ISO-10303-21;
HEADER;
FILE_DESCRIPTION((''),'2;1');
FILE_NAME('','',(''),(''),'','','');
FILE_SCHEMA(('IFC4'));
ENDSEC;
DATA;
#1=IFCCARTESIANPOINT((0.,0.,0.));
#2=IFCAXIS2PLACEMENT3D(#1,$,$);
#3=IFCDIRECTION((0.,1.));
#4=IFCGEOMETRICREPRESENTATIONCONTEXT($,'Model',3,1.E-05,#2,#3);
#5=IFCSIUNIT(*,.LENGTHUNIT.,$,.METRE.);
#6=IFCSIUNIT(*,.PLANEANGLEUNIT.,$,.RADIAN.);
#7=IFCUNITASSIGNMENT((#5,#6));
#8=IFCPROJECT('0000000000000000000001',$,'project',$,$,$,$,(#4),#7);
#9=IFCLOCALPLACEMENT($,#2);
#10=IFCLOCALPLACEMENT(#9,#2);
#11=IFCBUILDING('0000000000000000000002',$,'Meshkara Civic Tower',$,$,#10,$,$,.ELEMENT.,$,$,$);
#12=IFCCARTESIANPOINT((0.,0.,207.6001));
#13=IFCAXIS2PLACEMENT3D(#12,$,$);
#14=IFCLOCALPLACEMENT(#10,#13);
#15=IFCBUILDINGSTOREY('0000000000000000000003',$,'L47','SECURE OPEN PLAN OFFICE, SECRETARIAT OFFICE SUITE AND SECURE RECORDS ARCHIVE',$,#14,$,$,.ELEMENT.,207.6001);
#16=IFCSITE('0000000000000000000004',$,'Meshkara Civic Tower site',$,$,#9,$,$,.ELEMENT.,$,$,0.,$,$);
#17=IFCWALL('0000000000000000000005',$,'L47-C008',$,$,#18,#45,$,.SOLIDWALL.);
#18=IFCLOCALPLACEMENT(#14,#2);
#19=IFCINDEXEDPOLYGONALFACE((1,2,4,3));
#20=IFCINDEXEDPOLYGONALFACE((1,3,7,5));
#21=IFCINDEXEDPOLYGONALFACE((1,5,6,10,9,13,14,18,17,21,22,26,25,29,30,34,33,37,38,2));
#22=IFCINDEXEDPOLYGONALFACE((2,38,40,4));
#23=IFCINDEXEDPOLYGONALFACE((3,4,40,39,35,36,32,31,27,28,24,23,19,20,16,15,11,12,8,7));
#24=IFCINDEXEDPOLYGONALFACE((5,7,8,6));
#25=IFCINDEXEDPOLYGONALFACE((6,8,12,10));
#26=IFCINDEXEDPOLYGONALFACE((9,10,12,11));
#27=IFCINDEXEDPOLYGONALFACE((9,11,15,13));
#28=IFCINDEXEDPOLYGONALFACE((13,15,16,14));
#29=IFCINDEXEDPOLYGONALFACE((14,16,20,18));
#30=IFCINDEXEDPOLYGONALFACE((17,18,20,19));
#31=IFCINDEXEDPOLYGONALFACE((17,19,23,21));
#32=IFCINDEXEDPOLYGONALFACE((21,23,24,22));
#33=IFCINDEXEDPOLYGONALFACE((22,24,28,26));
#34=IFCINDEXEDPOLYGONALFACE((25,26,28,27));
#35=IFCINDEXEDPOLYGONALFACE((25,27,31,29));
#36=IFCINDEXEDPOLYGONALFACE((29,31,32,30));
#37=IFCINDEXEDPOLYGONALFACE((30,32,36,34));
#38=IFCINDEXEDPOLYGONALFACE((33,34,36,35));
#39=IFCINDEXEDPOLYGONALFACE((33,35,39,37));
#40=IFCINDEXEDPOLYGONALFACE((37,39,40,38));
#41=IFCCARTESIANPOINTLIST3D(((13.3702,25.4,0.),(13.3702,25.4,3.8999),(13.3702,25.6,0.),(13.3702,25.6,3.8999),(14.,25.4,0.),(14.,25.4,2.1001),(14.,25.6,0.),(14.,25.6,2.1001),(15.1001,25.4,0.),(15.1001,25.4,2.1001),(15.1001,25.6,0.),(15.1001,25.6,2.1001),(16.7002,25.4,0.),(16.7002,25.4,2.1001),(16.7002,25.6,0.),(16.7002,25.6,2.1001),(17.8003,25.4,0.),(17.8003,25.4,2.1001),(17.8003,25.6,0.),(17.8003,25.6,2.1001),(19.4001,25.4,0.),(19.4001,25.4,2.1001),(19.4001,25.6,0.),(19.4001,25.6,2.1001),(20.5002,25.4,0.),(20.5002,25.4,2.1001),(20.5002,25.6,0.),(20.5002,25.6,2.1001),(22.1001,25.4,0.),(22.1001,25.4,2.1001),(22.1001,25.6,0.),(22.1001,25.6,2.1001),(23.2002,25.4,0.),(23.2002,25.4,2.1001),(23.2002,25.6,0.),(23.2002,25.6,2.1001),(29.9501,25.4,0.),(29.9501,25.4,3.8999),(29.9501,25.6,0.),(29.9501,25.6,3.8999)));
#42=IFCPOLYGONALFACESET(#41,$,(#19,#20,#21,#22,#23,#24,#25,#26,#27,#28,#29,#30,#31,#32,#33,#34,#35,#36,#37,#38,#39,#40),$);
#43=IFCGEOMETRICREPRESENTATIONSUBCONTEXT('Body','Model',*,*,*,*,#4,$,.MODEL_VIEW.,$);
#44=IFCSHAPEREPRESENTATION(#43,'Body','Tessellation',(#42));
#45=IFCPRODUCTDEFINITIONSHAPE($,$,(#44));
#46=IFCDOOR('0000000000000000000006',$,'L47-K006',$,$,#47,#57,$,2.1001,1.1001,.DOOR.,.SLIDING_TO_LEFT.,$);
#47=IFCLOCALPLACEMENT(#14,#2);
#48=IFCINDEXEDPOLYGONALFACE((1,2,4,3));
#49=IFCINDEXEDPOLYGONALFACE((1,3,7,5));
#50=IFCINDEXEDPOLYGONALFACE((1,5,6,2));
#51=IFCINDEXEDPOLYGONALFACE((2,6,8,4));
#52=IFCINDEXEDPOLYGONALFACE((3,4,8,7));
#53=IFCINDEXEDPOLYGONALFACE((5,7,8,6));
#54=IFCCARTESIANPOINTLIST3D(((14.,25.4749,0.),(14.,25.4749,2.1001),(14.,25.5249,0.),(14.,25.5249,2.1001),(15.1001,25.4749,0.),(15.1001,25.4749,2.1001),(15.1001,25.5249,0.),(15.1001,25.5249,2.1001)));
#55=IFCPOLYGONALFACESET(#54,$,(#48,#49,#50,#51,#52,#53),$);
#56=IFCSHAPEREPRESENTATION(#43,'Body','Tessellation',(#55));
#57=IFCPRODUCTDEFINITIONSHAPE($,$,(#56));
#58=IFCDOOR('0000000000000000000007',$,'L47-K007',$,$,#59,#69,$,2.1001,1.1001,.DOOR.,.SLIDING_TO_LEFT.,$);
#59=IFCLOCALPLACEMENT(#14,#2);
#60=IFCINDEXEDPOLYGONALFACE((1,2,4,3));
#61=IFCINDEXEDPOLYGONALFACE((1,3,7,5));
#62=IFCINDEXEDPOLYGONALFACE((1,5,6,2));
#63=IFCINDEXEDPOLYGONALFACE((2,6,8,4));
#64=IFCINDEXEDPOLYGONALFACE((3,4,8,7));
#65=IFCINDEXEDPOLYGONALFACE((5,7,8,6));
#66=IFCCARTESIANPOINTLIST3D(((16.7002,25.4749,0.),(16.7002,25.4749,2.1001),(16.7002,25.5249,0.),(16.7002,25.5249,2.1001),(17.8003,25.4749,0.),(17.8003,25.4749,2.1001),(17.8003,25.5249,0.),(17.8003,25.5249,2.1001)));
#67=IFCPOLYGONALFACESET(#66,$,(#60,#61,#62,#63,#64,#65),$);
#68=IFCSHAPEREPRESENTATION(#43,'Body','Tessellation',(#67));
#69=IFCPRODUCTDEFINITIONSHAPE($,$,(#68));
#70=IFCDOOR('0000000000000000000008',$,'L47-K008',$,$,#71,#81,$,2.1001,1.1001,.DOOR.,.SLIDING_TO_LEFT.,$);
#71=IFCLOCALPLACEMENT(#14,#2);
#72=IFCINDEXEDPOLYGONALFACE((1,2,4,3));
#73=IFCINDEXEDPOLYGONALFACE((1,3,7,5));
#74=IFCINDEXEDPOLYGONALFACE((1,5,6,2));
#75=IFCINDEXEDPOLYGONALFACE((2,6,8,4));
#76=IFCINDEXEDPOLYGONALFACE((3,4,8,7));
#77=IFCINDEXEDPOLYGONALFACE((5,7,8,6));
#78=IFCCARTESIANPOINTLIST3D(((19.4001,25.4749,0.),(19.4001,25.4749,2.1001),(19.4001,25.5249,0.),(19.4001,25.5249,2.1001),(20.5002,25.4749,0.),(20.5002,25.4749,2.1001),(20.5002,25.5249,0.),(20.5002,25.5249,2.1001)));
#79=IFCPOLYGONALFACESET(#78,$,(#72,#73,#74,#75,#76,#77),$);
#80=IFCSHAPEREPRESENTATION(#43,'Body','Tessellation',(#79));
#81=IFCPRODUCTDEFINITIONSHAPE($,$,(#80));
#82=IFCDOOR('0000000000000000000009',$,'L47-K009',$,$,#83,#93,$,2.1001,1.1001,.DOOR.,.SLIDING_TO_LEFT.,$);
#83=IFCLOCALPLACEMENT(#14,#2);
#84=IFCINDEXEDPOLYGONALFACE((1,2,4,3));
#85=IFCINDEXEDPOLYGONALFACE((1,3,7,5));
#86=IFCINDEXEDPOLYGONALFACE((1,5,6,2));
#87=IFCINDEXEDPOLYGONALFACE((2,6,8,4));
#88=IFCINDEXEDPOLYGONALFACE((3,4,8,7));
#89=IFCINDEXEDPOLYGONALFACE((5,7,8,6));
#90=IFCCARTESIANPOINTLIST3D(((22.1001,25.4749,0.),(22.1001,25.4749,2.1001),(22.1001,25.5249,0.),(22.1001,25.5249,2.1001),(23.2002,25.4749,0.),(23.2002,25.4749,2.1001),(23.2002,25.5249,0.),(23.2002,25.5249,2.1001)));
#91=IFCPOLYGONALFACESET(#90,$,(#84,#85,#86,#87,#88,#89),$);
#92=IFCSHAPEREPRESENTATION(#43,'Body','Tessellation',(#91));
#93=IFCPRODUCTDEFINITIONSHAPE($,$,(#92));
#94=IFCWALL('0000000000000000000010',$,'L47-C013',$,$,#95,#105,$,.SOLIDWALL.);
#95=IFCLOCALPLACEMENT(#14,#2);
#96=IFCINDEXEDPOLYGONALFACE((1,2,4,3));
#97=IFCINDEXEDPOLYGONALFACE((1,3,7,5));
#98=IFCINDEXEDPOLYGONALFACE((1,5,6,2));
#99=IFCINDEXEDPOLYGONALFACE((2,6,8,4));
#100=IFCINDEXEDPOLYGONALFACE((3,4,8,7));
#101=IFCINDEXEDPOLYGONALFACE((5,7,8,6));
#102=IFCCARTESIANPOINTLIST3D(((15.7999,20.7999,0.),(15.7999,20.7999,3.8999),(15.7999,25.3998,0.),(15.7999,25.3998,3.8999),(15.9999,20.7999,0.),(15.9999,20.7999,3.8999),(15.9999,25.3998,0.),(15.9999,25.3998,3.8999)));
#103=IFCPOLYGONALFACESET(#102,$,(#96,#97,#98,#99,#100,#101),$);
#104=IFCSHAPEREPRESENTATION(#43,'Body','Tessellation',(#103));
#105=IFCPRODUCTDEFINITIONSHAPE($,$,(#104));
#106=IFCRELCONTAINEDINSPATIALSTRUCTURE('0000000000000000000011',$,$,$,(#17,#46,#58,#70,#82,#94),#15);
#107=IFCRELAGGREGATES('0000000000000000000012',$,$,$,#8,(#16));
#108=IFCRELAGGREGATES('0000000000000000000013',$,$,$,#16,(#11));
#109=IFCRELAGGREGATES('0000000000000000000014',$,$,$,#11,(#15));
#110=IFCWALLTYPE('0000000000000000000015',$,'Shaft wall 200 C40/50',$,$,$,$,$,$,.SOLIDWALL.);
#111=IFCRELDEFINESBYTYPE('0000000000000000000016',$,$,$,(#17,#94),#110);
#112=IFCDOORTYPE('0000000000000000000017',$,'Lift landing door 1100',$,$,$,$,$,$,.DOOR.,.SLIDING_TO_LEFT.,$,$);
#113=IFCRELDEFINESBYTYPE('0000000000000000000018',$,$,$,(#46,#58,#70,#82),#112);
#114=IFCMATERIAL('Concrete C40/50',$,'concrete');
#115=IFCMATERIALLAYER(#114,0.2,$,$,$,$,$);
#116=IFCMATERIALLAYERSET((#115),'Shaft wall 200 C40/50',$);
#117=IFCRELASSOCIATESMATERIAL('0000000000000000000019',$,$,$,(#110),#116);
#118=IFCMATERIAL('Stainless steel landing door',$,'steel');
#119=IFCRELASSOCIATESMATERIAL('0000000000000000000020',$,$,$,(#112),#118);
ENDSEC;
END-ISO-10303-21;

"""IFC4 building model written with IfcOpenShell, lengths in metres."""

from ifc_helpers import new_model, si_unit, direction, frame, frame_2d, origin, place, context, subcontext, project, spatial, rectangle, extrude, material, layer, layer_set, type_object, element, fill, save


model = new_model("IFC4")

# Units and contexts
model_context = context("Model", 3, precision=1e-05, world=origin(), true_north=direction((0.0, 1.0)))
body_context = subcontext(model_context, "Body", "Model", "MODEL_VIEW")
ifc_project = project(units=[si_unit("LENGTHUNIT", "METRE"), si_unit("PLANEANGLEUNIT", "RADIAN")], contexts=[model_context])

# Site, building, storey
site_placement = place(None, origin())
site = spatial("IfcSite", under=ifc_project, at=site_placement, Name="Meshkara Civic Tower site", CompositionType="ELEMENT", RefElevation=0.0)
building_placement = place(site_placement, origin())
building = spatial("IfcBuilding", under=site, at=building_placement, Name="Meshkara Civic Tower", CompositionType="ELEMENT")
storey_placement = place(building_placement, frame((0.0, 0.0, 207.6001)))
storey = spatial("IfcBuildingStorey", under=building, at=storey_placement, Name="L47", Description="SECURE OPEN PLAN OFFICE, SECRETARIAT OFFICE SUITE AND SECURE RECORDS ARCHIVE", CompositionType="ELEMENT", Elevation=207.6001)

# Wall, openings, doors
ifc_material_1 = material(Name="Concrete C40/50", Category="concrete")
ifc_layer_1 = layer(ifc_material_1, 0.2)
ifc_layer_set_1 = layer_set([ifc_layer_1], Name="Shaft wall 200 C40/50")
wall_type_1 = type_object("IfcWallType", Name="Shaft wall 200 C40/50", PredefinedType="SOLIDWALL", material=ifc_layer_set_1)
ifc_material_2 = material(Name="Stainless steel landing door", Category="steel")
door_type_1 = type_object("IfcDoorType", Name="Lift landing door 1100", OperationType="SLIDING_TO_LEFT", PredefinedType="DOOR", material=ifc_material_2)
wall_1_placement = place(storey_placement, frame((13.3701, 25.5, 0.0), z_axis=(0.0, 0.0, 1.0), x_axis=(1.0, 0.0, 0.0)))
wall_1 = element("IfcWall", 1, at=wall_1_placement, inside=storey, type_object=wall_type_1, Name="L47-C008", PredefinedType="SOLIDWALL", context=body_context, shape_type="SweptSolid", body=[
    extrude(rectangle(XDim=16.5798, YDim=0.2, at=frame_2d((8.29, 0.0))), origin(), (0.0, 0.0, 1.0), 3.8999),
])
opening_1_placement = place(wall_1_placement, frame((0.6299, 0.0, 0.0)))
opening_1 = element("IfcOpeningElement", 2, at=opening_1_placement, cuts=wall_1, PredefinedType="OPENING", context=body_context, shape_type="SweptSolid", body=[
    extrude(rectangle(XDim=1.1001, YDim=2.1001, at=frame_2d((0.55, 1.05))), frame((0.0, 0.1099, 0.0), z_axis=(0.0, -1.0, 0.0), x_axis=(1.0, 0.0, 0.0)), (0.0, 0.0, 1.0), 0.22),
])
opening_2_placement = place(wall_1_placement, frame((3.3301, 0.0, 0.0)))
opening_2 = element("IfcOpeningElement", 3, at=opening_2_placement, cuts=wall_1, PredefinedType="OPENING", context=body_context, shape_type="SweptSolid", body=[
    extrude(rectangle(XDim=1.1001, YDim=2.1001, at=frame_2d((0.55, 1.05))), frame((0.0, 0.1099, 0.0), z_axis=(0.0, -1.0, 0.0), x_axis=(1.0, 0.0, 0.0)), (0.0, 0.0, 1.0), 0.22),
])
opening_3_placement = place(wall_1_placement, frame((6.03, 0.0, 0.0)))
opening_3 = element("IfcOpeningElement", 4, at=opening_3_placement, cuts=wall_1, PredefinedType="OPENING", context=body_context, shape_type="SweptSolid", body=[
    extrude(rectangle(XDim=1.1001, YDim=2.1001, at=frame_2d((0.55, 1.05))), frame((0.0, 0.1099, 0.0), z_axis=(0.0, -1.0, 0.0), x_axis=(1.0, 0.0, 0.0)), (0.0, 0.0, 1.0), 0.22),
])
opening_4_placement = place(wall_1_placement, frame((8.73, 0.0, 0.0)))
opening_4 = element("IfcOpeningElement", 5, at=opening_4_placement, cuts=wall_1, PredefinedType="OPENING", context=body_context, shape_type="SweptSolid", body=[
    extrude(rectangle(XDim=1.1001, YDim=2.1001, at=frame_2d((0.55, 1.05))), frame((0.0, 0.1099, 0.0), z_axis=(0.0, -1.0, 0.0), x_axis=(1.0, 0.0, 0.0)), (0.0, 0.0, 1.0), 0.22),
])
door_1_placement = place(opening_1_placement, origin())
door_1 = element("IfcDoor", 6, at=door_1_placement, inside=storey, type_object=door_type_1, Name="L47-K006", OperationType="SLIDING_TO_LEFT", OverallHeight=2.1001, OverallWidth=1.1001, PredefinedType="DOOR", context=body_context, shape_type="SweptSolid", body=[
    extrude(rectangle(XDim=1.1001, YDim=2.1001, at=frame_2d((0.55, 1.05))), frame((0.0, 0.0249, 0.0), z_axis=(0.0, -1.0, 0.0), x_axis=(1.0, 0.0, 0.0)), (0.0, 0.0, 1.0), 0.05),
])
fill(opening_1, door_1)
door_2_placement = place(opening_2_placement, origin())
door_2 = element("IfcDoor", 7, at=door_2_placement, inside=storey, type_object=door_type_1, Name="L47-K007", OperationType="SLIDING_TO_LEFT", OverallHeight=2.1001, OverallWidth=1.1001, PredefinedType="DOOR", context=body_context, shape_type="SweptSolid", body=[
    extrude(rectangle(XDim=1.1001, YDim=2.1001, at=frame_2d((0.55, 1.05))), frame((0.0, 0.0249, 0.0), z_axis=(0.0, -1.0, 0.0), x_axis=(1.0, 0.0, 0.0)), (0.0, 0.0, 1.0), 0.05),
])
fill(opening_2, door_2)
door_3_placement = place(opening_3_placement, origin())
door_3 = element("IfcDoor", 8, at=door_3_placement, inside=storey, type_object=door_type_1, Name="L47-K008", OperationType="SLIDING_TO_LEFT", OverallHeight=2.1001, OverallWidth=1.1001, PredefinedType="DOOR", context=body_context, shape_type="SweptSolid", body=[
    extrude(rectangle(XDim=1.1001, YDim=2.1001, at=frame_2d((0.55, 1.05))), frame((0.0, 0.0249, 0.0), z_axis=(0.0, -1.0, 0.0), x_axis=(1.0, 0.0, 0.0)), (0.0, 0.0, 1.0), 0.05),
])
fill(opening_3, door_3)
door_4_placement = place(opening_4_placement, origin())
door_4 = element("IfcDoor", 9, at=door_4_placement, inside=storey, type_object=door_type_1, Name="L47-K009", OperationType="SLIDING_TO_LEFT", OverallHeight=2.1001, OverallWidth=1.1001, PredefinedType="DOOR", context=body_context, shape_type="SweptSolid", body=[
    extrude(rectangle(XDim=1.1001, YDim=2.1001, at=frame_2d((0.55, 1.05))), frame((0.0, 0.0249, 0.0), z_axis=(0.0, -1.0, 0.0), x_axis=(1.0, 0.0, 0.0)), (0.0, 0.0, 1.0), 0.05),
])
fill(opening_4, door_4)

# Wall
wall_2_placement = place(storey_placement, frame((15.8999, 20.8, 0.0), z_axis=(0.0, 0.0, 1.0), x_axis=(0.0, 1.0, 0.0)))
element("IfcWall", 10, at=wall_2_placement, inside=storey, type_object=wall_type_1, Name="L47-C013", PredefinedType="SOLIDWALL", context=body_context, shape_type="SweptSolid", body=[
    extrude(rectangle(XDim=4.5999, YDim=0.2, at=frame_2d((2.2998, 0.0))), origin(), (0.0, 0.0, 1.0), 3.8999),
])

save(model, "model.ifc")
